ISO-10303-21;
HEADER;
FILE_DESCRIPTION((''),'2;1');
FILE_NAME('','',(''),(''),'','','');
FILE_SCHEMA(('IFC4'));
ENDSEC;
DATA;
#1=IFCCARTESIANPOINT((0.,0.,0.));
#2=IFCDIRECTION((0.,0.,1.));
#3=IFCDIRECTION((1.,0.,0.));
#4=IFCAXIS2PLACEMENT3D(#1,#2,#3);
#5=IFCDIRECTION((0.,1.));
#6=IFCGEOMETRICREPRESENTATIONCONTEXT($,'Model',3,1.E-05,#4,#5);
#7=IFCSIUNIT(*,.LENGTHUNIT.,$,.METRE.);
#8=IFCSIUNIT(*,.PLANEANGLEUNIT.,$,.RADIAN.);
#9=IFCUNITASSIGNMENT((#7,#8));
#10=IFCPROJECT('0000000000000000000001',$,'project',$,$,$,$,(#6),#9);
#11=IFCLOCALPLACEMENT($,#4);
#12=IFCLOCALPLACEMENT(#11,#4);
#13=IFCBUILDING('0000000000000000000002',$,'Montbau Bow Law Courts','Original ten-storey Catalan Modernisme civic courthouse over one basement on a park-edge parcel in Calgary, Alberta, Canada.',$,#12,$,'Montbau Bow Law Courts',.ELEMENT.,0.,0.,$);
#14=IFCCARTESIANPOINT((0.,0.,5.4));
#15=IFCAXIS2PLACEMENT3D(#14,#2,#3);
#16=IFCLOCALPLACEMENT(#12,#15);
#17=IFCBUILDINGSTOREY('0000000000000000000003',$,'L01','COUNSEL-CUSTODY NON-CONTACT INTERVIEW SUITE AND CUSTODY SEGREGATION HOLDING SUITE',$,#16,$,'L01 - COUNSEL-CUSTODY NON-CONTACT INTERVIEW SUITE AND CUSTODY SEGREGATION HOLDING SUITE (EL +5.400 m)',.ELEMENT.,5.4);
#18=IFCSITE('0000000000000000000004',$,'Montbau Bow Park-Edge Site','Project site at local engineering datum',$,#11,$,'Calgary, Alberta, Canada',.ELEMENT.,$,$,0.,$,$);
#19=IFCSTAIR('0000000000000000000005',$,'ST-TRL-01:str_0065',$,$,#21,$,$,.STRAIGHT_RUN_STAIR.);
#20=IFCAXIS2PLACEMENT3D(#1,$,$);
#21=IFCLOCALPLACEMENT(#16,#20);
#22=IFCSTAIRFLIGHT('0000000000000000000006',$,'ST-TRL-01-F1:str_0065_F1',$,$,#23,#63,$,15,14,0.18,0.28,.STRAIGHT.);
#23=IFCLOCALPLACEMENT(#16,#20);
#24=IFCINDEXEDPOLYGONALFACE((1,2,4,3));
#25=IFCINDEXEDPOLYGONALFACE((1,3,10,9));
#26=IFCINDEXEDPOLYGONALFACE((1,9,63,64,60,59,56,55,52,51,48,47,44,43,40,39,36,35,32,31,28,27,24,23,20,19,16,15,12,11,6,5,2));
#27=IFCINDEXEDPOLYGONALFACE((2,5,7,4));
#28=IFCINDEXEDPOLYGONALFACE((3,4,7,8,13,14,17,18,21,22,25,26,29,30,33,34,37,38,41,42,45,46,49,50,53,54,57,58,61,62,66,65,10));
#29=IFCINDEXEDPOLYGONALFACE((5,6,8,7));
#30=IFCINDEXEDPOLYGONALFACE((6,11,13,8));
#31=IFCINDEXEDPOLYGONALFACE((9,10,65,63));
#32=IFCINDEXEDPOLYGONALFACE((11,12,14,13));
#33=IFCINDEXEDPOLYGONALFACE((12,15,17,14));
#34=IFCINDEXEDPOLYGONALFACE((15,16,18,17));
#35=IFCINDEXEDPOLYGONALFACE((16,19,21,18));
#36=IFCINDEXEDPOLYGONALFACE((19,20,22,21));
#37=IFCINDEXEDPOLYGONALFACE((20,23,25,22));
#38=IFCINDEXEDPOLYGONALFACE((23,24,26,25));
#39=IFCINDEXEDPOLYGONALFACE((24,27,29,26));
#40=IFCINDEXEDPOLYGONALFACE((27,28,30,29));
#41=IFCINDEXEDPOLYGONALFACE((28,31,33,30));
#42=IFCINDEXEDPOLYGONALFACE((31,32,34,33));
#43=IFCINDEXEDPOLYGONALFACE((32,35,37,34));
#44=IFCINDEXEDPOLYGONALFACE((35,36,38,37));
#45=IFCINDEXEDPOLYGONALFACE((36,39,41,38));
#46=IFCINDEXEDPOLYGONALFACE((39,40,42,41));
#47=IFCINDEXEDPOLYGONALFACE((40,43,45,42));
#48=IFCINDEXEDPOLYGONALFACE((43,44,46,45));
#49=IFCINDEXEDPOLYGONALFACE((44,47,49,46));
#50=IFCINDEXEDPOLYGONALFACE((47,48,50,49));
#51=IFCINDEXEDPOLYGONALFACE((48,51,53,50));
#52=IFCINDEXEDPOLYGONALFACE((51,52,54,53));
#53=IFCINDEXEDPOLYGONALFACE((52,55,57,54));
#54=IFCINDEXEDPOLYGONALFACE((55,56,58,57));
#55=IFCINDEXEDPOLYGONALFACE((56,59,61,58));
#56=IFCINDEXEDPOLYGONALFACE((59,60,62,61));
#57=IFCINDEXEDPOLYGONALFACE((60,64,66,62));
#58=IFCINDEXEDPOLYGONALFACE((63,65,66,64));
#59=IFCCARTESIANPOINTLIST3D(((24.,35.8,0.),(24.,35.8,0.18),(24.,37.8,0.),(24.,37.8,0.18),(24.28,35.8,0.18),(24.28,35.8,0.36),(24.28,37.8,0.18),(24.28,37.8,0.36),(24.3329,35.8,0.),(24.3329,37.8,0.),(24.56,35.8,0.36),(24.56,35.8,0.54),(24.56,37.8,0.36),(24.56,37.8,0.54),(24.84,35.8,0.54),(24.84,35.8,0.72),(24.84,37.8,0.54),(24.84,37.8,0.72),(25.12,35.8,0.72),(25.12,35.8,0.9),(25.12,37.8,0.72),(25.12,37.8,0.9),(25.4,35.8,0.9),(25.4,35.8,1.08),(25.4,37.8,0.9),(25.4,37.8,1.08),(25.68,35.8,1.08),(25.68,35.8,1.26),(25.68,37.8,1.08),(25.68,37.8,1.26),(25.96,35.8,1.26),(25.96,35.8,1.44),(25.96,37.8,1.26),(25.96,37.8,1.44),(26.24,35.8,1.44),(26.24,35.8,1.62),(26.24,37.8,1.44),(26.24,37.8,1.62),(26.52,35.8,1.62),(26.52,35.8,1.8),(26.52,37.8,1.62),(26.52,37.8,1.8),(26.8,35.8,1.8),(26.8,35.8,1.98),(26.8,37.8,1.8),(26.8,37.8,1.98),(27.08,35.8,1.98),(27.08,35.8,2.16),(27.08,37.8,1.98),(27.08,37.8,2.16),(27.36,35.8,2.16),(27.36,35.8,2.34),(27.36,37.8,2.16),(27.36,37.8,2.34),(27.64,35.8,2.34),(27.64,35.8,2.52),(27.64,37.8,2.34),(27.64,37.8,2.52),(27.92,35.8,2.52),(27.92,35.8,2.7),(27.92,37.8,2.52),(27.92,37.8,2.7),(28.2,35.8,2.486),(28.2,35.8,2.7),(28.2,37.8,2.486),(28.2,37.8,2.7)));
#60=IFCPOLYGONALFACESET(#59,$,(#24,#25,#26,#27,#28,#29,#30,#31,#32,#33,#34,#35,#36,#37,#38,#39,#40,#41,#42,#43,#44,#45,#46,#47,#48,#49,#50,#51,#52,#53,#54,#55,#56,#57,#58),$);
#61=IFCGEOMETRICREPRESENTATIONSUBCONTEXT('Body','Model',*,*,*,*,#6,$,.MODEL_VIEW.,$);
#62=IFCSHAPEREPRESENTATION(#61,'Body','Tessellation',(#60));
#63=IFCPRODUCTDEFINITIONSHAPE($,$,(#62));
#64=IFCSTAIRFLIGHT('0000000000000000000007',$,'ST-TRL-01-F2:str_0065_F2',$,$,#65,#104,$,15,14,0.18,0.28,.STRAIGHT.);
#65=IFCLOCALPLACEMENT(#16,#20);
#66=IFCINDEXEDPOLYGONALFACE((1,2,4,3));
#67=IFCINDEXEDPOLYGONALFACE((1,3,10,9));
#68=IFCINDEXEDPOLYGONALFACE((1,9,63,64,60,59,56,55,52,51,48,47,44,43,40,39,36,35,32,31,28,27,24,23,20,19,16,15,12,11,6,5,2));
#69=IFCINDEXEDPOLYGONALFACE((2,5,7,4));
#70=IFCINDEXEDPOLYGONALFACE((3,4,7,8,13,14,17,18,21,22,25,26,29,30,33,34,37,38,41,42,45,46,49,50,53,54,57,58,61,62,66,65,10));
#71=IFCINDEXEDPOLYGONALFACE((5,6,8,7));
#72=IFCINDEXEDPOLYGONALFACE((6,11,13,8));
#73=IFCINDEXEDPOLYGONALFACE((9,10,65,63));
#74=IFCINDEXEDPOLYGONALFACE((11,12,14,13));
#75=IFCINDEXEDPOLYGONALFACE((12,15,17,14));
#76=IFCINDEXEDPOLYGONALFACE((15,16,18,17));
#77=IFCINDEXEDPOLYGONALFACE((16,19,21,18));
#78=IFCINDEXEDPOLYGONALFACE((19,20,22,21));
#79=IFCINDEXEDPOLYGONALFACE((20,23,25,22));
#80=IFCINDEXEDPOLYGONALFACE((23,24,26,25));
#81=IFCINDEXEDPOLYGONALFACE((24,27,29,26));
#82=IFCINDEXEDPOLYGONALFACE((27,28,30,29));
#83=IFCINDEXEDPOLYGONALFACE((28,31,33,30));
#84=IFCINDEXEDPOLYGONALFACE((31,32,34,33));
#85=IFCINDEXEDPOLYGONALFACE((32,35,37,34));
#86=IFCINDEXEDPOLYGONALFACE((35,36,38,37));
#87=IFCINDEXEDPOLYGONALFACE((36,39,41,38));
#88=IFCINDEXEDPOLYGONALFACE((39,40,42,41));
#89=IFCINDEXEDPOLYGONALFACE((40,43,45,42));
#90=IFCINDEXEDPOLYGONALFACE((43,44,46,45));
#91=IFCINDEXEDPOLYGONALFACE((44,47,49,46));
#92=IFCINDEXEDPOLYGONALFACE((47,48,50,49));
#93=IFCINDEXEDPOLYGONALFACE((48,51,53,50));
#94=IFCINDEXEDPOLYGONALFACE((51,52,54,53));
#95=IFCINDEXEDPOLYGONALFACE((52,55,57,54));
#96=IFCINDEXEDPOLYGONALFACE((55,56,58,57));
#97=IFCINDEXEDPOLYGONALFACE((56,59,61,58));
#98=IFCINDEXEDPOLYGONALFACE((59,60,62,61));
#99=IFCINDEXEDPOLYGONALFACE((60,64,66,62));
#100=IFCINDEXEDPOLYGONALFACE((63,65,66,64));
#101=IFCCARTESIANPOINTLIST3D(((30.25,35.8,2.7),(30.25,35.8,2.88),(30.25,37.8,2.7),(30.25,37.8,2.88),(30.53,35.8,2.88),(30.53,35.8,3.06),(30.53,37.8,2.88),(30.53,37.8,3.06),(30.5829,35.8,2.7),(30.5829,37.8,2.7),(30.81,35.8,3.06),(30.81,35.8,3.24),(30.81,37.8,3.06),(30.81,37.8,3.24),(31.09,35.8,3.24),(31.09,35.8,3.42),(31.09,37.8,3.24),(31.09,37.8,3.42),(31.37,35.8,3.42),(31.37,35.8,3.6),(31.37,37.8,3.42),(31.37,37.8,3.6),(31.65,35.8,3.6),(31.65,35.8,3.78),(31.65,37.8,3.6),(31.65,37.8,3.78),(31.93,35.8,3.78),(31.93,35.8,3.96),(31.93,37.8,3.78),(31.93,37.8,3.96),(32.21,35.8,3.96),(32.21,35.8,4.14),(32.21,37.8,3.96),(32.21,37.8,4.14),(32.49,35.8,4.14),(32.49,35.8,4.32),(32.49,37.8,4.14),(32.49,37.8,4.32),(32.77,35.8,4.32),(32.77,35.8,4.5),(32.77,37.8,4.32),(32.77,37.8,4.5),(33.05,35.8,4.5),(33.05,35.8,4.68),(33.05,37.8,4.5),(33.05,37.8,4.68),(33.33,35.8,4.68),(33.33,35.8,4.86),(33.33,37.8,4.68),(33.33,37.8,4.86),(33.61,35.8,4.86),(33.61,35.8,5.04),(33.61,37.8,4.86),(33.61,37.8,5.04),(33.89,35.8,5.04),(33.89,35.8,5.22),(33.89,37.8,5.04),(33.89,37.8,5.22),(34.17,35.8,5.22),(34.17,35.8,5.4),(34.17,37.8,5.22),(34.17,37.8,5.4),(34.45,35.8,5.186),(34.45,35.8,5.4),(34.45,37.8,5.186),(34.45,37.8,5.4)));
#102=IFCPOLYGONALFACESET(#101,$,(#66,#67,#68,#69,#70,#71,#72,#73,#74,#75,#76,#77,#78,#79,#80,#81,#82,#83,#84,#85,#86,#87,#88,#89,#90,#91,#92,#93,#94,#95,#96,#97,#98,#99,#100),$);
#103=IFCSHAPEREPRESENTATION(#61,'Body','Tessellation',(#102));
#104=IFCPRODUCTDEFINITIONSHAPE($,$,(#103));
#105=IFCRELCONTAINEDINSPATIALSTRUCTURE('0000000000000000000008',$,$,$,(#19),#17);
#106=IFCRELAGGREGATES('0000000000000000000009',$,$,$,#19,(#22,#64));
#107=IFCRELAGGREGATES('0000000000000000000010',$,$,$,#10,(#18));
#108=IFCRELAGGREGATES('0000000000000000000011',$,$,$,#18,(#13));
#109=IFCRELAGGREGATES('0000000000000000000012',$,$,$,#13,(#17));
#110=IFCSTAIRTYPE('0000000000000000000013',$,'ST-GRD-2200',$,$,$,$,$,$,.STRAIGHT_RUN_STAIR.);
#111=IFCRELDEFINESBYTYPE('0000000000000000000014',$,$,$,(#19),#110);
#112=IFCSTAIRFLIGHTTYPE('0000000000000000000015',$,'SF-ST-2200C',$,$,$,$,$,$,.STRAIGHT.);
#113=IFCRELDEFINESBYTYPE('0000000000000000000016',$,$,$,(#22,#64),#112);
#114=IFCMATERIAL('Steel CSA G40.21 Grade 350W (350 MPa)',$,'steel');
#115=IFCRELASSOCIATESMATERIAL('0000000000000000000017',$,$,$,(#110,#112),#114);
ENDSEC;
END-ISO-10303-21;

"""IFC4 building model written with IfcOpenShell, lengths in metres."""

from ifc_helpers import new_model, si_unit, direction, frame, origin_with_axes, place, context, subcontext, project, spatial, polyline, outline, extrude, material, type_object, element, aggregate, save


model = new_model("IFC4")

# Units and contexts
model_context = context("Model", 3, precision=1e-05, world=origin_with_axes(), true_north=direction((0.0, 1.0)))
body_context = subcontext(model_context, "Body", "Model", "MODEL_VIEW")
ifc_project = project(units=[si_unit("LENGTHUNIT", "METRE"), si_unit("PLANEANGLEUNIT", "RADIAN")], contexts=[model_context])

# Site, building, storey
site_placement = place(None, origin_with_axes())
site = spatial("IfcSite", under=ifc_project, at=site_placement, Name="Montbau Bow Park-Edge Site", Description="Project site at local engineering datum", LongName="Calgary, Alberta, Canada", CompositionType="ELEMENT", RefElevation=0.0)
building_placement = place(site_placement, origin_with_axes())
building = spatial("IfcBuilding", under=site, at=building_placement, Name="Montbau Bow Law Courts", Description="Original ten-storey Catalan Modernisme civic courthouse over one basement on a park-edge parcel in Calgary, Alberta, Canada.", LongName="Montbau Bow Law Courts", CompositionType="ELEMENT", ElevationOfRefHeight=0.0, ElevationOfTerrain=0.0)
storey_placement = place(building_placement, frame((0.0, 0.0, 5.4), z_axis=(0.0, 0.0, 1.0), x_axis=(1.0, 0.0, 0.0)))
storey = spatial("IfcBuildingStorey", under=building, at=storey_placement, Name="L01", Description="COUNSEL-CUSTODY NON-CONTACT INTERVIEW SUITE AND CUSTODY SEGREGATION HOLDING SUITE", LongName="L01 - COUNSEL-CUSTODY NON-CONTACT INTERVIEW SUITE AND CUSTODY SEGREGATION HOLDING SUITE (EL +5.400 m)", CompositionType="ELEMENT", Elevation=5.4)

# Shared definitions
ifc_material_1 = material(Name="Steel CSA G40.21 Grade 350W (350 MPa)", Category="steel")

# Stair, stair flights
stair_type_1 = type_object("IfcStairType", Name="ST-GRD-2200", PredefinedType="STRAIGHT_RUN_STAIR", material=ifc_material_1)
stair_1_placement = place(None, frame((24.0, 36.8, 5.4), z_axis=(0.0, 0.0, 1.0), x_axis=(1.0, 0.0, 0.0)))
stair_1 = element("IfcStair", 1, at=stair_1_placement, inside=storey, type_object=stair_type_1, Name="ST-TRL-01:str_0065", PredefinedType="STRAIGHT_RUN_STAIR")
stair_flight_type_1 = type_object("IfcStairFlightType", Name="SF-ST-2200C", PredefinedType="STRAIGHT", material=ifc_material_1)
stair_flight_1_placement = place(None, frame((24.0, 36.8, 5.4), z_axis=(0.0, 0.0, 1.0), x_axis=(1.0, 0.0, 0.0)))
stair_flight_1 = element("IfcStairFlight", 2, at=stair_flight_1_placement, type_object=stair_flight_type_1, Name="ST-TRL-01-F1:str_0065_F1", NumberOfRisers=15, NumberOfTreads=14, PredefinedType="STRAIGHT", RiserHeight=0.18, TreadLength=0.28, context=body_context, shape_type="SweptSolid", body=[
    extrude(outline(polyline([(0.0, 0.0), (0.0, 0.18), (0.28, 0.18), (0.28, 0.36), (0.56, 0.36), (0.56, 0.54), (0.84, 0.54), (0.84, 0.72), (1.12, 0.72), (1.12, 0.9), (1.4, 0.9), (1.4, 1.08), (1.68, 1.08), (1.68, 1.26), (1.96, 1.26), (1.96, 1.44), (2.24, 1.44), (2.24, 1.62), (2.52, 1.62), (2.52, 1.8), (2.8, 1.8), (2.8, 1.98), (3.08, 1.98), (3.08, 2.16), (3.36, 2.16), (3.36, 2.34), (3.64, 2.34), (3.64, 2.52), (3.92, 2.52), (3.92, 2.7), (4.2, 2.7), (4.2, 2.486), (0.3329, 0.0), (0.0, 0.0)])), frame((0.0, 1.0, 0.0), z_axis=(0.0, -1.0, 0.0), x_axis=(1.0, 0.0, 0.0)), (0.0, 0.0, 1.0), 2.0),
])
stair_flight_2_placement = place(None, frame((30.25, 36.8, 8.1), z_axis=(0.0, 0.0, 1.0), x_axis=(1.0, 0.0, 0.0)))
stair_flight_2 = element("IfcStairFlight", 3, at=stair_flight_2_placement, type_object=stair_flight_type_1, Name="ST-TRL-01-F2:str_0065_F2", NumberOfRisers=15, NumberOfTreads=14, PredefinedType="STRAIGHT", RiserHeight=0.18, TreadLength=0.28, context=body_context, shape_type="SweptSolid", body=[
    extrude(outline(polyline([(0.0, 0.0), (0.0, 0.18), (0.28, 0.18), (0.28, 0.36), (0.56, 0.36), (0.56, 0.54), (0.84, 0.54), (0.84, 0.72), (1.12, 0.72), (1.12, 0.9), (1.4, 0.9), (1.4, 1.08), (1.68, 1.08), (1.68, 1.26), (1.96, 1.26), (1.96, 1.44), (2.24, 1.44), (2.24, 1.62), (2.52, 1.62), (2.52, 1.8), (2.8, 1.8), (2.8, 1.98), (3.08, 1.98), (3.08, 2.16), (3.36, 2.16), (3.36, 2.34), (3.64, 2.34), (3.64, 2.52), (3.92, 2.52), (3.92, 2.7), (4.2, 2.7), (4.2, 2.486), (0.3329, 0.0), (0.0, 0.0)])), frame((0.0, 1.0, 0.0), z_axis=(0.0, -1.0, 0.0), x_axis=(1.0, 0.0, 0.0)), (0.0, 0.0, 1.0), 2.0),
])
aggregate(stair_1, [stair_flight_1, stair_flight_2])

save(model, "model.ifc")
